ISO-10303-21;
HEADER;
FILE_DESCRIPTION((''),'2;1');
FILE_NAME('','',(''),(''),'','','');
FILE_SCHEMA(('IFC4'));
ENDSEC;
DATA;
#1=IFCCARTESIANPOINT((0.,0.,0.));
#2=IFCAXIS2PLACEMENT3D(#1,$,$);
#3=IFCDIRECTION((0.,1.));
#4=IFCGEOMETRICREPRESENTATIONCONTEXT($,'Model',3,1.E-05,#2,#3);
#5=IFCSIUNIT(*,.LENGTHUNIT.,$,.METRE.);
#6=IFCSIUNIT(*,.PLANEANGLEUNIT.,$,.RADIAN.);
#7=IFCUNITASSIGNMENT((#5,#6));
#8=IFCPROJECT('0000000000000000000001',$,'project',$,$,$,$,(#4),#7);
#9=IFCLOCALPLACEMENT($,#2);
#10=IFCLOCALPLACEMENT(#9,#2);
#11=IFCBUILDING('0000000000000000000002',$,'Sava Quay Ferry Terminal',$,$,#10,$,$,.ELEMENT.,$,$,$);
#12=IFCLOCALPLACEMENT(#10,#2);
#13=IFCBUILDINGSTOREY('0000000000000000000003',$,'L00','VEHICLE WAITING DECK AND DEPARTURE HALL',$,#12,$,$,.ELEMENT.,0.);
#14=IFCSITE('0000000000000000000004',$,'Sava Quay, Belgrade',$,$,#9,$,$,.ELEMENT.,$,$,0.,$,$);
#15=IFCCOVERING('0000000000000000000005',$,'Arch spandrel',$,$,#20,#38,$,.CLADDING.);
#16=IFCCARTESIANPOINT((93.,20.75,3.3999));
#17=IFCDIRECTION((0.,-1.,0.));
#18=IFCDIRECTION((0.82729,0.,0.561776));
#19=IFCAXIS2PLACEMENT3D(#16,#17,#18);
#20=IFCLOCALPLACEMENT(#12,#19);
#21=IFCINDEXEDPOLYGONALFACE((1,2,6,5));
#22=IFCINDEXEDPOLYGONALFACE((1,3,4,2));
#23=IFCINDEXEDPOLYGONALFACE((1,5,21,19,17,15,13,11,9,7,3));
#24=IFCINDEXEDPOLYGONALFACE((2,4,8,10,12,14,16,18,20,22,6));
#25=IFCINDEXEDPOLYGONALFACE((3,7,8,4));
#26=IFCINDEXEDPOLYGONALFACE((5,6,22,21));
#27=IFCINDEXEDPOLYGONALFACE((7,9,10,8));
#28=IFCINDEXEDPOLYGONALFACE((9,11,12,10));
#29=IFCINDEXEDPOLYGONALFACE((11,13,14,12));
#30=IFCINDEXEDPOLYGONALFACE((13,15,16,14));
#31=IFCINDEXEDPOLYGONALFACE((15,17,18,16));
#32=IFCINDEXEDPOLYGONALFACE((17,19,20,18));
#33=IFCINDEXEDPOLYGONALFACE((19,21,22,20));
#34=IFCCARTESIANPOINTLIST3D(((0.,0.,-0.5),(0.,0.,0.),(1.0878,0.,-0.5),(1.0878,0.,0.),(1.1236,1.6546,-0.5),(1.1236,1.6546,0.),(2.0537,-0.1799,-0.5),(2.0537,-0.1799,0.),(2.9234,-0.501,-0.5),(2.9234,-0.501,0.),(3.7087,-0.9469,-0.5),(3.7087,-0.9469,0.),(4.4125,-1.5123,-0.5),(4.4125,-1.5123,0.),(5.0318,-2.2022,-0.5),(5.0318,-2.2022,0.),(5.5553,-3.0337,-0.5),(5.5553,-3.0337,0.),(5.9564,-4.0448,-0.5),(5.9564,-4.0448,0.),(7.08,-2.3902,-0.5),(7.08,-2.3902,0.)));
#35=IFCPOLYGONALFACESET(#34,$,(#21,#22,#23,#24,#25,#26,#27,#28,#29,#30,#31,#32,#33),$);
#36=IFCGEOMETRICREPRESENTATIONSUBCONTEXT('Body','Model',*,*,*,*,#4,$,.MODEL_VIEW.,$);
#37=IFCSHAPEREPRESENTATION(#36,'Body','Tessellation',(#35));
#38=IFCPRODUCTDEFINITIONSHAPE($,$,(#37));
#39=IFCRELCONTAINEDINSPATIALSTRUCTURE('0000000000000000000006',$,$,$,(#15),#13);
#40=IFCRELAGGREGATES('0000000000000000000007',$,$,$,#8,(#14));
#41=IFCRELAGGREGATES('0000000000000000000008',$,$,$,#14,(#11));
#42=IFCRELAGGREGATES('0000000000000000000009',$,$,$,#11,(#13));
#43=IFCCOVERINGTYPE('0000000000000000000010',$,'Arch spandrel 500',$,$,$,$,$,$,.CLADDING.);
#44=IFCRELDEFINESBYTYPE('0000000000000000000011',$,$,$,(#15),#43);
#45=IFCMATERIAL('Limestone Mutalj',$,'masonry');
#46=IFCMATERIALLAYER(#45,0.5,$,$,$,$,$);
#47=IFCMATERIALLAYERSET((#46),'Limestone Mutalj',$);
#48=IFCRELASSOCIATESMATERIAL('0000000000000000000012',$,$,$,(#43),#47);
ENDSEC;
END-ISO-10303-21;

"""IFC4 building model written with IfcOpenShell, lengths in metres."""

from ifc_helpers import new_model, si_unit, direction, frame, origin, place, context, subcontext, project, spatial, polyline, outline, extrude, material, layer, layer_set, type_object, element, save


model = new_model("IFC4")

# Units and contexts
model_context = context("Model", 3, precision=1e-05, world=origin(), true_north=direction((0.0, 1.0)))
body_context = subcontext(model_context, "Body", "Model", "MODEL_VIEW")
ifc_project = project(units=[si_unit("LENGTHUNIT", "METRE"), si_unit("PLANEANGLEUNIT", "RADIAN")], contexts=[model_context])

# Site, building, storey
site_placement = place(None, origin())
site = spatial("IfcSite", under=ifc_project, at=site_placement, Name="Sava Quay, Belgrade", CompositionType="ELEMENT", RefElevation=0.0)
building_placement = place(site_placement, origin())
building = spatial("IfcBuilding", under=site, at=building_placement, Name="Sava Quay Ferry Terminal", CompositionType="ELEMENT")
storey_placement = place(building_placement, origin())
storey = spatial("IfcBuildingStorey", under=building, at=storey_placement, Name="L00", Description="VEHICLE WAITING DECK AND DEPARTURE HALL", CompositionType="ELEMENT", Elevation=0.0)

# Covering
ifc_material_1 = material(Name="Limestone Mutalj", Category="masonry")
ifc_layer_1 = layer(ifc_material_1, 0.5)
ifc_layer_set_1 = layer_set([ifc_layer_1], Name="Limestone Mutalj")
covering_type_1 = type_object("IfcCoveringType", Name="Arch spandrel 500", PredefinedType="CLADDING", material=ifc_layer_set_1)
covering_1_placement = place(storey_placement, frame((93.0, 20.75, 3.3999), z_axis=(0.0, -1.0, 0.0), x_axis=(0.82729, 0.0, 0.561776)))
element("IfcCovering", 1, at=covering_1_placement, inside=storey, type_object=covering_type_1, Name="Arch spandrel", PredefinedType="CLADDING", context=body_context, shape_type="SweptSolid", body=[
    extrude(outline(polyline([(0.0, 0.0), (1.0878, 0.0), (2.0537, -0.1799), (2.9234, -0.501), (3.7087, -0.9469), (4.4125, -1.5123), (5.0318, -2.2022), (5.5553, -3.0337), (5.9564, -4.0448), (7.08, -2.3902), (1.1236, 1.6546), (0.0, 0.0)])), origin(), (0.0, 0.0, -1.0), 0.5),
])

save(model, "model.ifc")
